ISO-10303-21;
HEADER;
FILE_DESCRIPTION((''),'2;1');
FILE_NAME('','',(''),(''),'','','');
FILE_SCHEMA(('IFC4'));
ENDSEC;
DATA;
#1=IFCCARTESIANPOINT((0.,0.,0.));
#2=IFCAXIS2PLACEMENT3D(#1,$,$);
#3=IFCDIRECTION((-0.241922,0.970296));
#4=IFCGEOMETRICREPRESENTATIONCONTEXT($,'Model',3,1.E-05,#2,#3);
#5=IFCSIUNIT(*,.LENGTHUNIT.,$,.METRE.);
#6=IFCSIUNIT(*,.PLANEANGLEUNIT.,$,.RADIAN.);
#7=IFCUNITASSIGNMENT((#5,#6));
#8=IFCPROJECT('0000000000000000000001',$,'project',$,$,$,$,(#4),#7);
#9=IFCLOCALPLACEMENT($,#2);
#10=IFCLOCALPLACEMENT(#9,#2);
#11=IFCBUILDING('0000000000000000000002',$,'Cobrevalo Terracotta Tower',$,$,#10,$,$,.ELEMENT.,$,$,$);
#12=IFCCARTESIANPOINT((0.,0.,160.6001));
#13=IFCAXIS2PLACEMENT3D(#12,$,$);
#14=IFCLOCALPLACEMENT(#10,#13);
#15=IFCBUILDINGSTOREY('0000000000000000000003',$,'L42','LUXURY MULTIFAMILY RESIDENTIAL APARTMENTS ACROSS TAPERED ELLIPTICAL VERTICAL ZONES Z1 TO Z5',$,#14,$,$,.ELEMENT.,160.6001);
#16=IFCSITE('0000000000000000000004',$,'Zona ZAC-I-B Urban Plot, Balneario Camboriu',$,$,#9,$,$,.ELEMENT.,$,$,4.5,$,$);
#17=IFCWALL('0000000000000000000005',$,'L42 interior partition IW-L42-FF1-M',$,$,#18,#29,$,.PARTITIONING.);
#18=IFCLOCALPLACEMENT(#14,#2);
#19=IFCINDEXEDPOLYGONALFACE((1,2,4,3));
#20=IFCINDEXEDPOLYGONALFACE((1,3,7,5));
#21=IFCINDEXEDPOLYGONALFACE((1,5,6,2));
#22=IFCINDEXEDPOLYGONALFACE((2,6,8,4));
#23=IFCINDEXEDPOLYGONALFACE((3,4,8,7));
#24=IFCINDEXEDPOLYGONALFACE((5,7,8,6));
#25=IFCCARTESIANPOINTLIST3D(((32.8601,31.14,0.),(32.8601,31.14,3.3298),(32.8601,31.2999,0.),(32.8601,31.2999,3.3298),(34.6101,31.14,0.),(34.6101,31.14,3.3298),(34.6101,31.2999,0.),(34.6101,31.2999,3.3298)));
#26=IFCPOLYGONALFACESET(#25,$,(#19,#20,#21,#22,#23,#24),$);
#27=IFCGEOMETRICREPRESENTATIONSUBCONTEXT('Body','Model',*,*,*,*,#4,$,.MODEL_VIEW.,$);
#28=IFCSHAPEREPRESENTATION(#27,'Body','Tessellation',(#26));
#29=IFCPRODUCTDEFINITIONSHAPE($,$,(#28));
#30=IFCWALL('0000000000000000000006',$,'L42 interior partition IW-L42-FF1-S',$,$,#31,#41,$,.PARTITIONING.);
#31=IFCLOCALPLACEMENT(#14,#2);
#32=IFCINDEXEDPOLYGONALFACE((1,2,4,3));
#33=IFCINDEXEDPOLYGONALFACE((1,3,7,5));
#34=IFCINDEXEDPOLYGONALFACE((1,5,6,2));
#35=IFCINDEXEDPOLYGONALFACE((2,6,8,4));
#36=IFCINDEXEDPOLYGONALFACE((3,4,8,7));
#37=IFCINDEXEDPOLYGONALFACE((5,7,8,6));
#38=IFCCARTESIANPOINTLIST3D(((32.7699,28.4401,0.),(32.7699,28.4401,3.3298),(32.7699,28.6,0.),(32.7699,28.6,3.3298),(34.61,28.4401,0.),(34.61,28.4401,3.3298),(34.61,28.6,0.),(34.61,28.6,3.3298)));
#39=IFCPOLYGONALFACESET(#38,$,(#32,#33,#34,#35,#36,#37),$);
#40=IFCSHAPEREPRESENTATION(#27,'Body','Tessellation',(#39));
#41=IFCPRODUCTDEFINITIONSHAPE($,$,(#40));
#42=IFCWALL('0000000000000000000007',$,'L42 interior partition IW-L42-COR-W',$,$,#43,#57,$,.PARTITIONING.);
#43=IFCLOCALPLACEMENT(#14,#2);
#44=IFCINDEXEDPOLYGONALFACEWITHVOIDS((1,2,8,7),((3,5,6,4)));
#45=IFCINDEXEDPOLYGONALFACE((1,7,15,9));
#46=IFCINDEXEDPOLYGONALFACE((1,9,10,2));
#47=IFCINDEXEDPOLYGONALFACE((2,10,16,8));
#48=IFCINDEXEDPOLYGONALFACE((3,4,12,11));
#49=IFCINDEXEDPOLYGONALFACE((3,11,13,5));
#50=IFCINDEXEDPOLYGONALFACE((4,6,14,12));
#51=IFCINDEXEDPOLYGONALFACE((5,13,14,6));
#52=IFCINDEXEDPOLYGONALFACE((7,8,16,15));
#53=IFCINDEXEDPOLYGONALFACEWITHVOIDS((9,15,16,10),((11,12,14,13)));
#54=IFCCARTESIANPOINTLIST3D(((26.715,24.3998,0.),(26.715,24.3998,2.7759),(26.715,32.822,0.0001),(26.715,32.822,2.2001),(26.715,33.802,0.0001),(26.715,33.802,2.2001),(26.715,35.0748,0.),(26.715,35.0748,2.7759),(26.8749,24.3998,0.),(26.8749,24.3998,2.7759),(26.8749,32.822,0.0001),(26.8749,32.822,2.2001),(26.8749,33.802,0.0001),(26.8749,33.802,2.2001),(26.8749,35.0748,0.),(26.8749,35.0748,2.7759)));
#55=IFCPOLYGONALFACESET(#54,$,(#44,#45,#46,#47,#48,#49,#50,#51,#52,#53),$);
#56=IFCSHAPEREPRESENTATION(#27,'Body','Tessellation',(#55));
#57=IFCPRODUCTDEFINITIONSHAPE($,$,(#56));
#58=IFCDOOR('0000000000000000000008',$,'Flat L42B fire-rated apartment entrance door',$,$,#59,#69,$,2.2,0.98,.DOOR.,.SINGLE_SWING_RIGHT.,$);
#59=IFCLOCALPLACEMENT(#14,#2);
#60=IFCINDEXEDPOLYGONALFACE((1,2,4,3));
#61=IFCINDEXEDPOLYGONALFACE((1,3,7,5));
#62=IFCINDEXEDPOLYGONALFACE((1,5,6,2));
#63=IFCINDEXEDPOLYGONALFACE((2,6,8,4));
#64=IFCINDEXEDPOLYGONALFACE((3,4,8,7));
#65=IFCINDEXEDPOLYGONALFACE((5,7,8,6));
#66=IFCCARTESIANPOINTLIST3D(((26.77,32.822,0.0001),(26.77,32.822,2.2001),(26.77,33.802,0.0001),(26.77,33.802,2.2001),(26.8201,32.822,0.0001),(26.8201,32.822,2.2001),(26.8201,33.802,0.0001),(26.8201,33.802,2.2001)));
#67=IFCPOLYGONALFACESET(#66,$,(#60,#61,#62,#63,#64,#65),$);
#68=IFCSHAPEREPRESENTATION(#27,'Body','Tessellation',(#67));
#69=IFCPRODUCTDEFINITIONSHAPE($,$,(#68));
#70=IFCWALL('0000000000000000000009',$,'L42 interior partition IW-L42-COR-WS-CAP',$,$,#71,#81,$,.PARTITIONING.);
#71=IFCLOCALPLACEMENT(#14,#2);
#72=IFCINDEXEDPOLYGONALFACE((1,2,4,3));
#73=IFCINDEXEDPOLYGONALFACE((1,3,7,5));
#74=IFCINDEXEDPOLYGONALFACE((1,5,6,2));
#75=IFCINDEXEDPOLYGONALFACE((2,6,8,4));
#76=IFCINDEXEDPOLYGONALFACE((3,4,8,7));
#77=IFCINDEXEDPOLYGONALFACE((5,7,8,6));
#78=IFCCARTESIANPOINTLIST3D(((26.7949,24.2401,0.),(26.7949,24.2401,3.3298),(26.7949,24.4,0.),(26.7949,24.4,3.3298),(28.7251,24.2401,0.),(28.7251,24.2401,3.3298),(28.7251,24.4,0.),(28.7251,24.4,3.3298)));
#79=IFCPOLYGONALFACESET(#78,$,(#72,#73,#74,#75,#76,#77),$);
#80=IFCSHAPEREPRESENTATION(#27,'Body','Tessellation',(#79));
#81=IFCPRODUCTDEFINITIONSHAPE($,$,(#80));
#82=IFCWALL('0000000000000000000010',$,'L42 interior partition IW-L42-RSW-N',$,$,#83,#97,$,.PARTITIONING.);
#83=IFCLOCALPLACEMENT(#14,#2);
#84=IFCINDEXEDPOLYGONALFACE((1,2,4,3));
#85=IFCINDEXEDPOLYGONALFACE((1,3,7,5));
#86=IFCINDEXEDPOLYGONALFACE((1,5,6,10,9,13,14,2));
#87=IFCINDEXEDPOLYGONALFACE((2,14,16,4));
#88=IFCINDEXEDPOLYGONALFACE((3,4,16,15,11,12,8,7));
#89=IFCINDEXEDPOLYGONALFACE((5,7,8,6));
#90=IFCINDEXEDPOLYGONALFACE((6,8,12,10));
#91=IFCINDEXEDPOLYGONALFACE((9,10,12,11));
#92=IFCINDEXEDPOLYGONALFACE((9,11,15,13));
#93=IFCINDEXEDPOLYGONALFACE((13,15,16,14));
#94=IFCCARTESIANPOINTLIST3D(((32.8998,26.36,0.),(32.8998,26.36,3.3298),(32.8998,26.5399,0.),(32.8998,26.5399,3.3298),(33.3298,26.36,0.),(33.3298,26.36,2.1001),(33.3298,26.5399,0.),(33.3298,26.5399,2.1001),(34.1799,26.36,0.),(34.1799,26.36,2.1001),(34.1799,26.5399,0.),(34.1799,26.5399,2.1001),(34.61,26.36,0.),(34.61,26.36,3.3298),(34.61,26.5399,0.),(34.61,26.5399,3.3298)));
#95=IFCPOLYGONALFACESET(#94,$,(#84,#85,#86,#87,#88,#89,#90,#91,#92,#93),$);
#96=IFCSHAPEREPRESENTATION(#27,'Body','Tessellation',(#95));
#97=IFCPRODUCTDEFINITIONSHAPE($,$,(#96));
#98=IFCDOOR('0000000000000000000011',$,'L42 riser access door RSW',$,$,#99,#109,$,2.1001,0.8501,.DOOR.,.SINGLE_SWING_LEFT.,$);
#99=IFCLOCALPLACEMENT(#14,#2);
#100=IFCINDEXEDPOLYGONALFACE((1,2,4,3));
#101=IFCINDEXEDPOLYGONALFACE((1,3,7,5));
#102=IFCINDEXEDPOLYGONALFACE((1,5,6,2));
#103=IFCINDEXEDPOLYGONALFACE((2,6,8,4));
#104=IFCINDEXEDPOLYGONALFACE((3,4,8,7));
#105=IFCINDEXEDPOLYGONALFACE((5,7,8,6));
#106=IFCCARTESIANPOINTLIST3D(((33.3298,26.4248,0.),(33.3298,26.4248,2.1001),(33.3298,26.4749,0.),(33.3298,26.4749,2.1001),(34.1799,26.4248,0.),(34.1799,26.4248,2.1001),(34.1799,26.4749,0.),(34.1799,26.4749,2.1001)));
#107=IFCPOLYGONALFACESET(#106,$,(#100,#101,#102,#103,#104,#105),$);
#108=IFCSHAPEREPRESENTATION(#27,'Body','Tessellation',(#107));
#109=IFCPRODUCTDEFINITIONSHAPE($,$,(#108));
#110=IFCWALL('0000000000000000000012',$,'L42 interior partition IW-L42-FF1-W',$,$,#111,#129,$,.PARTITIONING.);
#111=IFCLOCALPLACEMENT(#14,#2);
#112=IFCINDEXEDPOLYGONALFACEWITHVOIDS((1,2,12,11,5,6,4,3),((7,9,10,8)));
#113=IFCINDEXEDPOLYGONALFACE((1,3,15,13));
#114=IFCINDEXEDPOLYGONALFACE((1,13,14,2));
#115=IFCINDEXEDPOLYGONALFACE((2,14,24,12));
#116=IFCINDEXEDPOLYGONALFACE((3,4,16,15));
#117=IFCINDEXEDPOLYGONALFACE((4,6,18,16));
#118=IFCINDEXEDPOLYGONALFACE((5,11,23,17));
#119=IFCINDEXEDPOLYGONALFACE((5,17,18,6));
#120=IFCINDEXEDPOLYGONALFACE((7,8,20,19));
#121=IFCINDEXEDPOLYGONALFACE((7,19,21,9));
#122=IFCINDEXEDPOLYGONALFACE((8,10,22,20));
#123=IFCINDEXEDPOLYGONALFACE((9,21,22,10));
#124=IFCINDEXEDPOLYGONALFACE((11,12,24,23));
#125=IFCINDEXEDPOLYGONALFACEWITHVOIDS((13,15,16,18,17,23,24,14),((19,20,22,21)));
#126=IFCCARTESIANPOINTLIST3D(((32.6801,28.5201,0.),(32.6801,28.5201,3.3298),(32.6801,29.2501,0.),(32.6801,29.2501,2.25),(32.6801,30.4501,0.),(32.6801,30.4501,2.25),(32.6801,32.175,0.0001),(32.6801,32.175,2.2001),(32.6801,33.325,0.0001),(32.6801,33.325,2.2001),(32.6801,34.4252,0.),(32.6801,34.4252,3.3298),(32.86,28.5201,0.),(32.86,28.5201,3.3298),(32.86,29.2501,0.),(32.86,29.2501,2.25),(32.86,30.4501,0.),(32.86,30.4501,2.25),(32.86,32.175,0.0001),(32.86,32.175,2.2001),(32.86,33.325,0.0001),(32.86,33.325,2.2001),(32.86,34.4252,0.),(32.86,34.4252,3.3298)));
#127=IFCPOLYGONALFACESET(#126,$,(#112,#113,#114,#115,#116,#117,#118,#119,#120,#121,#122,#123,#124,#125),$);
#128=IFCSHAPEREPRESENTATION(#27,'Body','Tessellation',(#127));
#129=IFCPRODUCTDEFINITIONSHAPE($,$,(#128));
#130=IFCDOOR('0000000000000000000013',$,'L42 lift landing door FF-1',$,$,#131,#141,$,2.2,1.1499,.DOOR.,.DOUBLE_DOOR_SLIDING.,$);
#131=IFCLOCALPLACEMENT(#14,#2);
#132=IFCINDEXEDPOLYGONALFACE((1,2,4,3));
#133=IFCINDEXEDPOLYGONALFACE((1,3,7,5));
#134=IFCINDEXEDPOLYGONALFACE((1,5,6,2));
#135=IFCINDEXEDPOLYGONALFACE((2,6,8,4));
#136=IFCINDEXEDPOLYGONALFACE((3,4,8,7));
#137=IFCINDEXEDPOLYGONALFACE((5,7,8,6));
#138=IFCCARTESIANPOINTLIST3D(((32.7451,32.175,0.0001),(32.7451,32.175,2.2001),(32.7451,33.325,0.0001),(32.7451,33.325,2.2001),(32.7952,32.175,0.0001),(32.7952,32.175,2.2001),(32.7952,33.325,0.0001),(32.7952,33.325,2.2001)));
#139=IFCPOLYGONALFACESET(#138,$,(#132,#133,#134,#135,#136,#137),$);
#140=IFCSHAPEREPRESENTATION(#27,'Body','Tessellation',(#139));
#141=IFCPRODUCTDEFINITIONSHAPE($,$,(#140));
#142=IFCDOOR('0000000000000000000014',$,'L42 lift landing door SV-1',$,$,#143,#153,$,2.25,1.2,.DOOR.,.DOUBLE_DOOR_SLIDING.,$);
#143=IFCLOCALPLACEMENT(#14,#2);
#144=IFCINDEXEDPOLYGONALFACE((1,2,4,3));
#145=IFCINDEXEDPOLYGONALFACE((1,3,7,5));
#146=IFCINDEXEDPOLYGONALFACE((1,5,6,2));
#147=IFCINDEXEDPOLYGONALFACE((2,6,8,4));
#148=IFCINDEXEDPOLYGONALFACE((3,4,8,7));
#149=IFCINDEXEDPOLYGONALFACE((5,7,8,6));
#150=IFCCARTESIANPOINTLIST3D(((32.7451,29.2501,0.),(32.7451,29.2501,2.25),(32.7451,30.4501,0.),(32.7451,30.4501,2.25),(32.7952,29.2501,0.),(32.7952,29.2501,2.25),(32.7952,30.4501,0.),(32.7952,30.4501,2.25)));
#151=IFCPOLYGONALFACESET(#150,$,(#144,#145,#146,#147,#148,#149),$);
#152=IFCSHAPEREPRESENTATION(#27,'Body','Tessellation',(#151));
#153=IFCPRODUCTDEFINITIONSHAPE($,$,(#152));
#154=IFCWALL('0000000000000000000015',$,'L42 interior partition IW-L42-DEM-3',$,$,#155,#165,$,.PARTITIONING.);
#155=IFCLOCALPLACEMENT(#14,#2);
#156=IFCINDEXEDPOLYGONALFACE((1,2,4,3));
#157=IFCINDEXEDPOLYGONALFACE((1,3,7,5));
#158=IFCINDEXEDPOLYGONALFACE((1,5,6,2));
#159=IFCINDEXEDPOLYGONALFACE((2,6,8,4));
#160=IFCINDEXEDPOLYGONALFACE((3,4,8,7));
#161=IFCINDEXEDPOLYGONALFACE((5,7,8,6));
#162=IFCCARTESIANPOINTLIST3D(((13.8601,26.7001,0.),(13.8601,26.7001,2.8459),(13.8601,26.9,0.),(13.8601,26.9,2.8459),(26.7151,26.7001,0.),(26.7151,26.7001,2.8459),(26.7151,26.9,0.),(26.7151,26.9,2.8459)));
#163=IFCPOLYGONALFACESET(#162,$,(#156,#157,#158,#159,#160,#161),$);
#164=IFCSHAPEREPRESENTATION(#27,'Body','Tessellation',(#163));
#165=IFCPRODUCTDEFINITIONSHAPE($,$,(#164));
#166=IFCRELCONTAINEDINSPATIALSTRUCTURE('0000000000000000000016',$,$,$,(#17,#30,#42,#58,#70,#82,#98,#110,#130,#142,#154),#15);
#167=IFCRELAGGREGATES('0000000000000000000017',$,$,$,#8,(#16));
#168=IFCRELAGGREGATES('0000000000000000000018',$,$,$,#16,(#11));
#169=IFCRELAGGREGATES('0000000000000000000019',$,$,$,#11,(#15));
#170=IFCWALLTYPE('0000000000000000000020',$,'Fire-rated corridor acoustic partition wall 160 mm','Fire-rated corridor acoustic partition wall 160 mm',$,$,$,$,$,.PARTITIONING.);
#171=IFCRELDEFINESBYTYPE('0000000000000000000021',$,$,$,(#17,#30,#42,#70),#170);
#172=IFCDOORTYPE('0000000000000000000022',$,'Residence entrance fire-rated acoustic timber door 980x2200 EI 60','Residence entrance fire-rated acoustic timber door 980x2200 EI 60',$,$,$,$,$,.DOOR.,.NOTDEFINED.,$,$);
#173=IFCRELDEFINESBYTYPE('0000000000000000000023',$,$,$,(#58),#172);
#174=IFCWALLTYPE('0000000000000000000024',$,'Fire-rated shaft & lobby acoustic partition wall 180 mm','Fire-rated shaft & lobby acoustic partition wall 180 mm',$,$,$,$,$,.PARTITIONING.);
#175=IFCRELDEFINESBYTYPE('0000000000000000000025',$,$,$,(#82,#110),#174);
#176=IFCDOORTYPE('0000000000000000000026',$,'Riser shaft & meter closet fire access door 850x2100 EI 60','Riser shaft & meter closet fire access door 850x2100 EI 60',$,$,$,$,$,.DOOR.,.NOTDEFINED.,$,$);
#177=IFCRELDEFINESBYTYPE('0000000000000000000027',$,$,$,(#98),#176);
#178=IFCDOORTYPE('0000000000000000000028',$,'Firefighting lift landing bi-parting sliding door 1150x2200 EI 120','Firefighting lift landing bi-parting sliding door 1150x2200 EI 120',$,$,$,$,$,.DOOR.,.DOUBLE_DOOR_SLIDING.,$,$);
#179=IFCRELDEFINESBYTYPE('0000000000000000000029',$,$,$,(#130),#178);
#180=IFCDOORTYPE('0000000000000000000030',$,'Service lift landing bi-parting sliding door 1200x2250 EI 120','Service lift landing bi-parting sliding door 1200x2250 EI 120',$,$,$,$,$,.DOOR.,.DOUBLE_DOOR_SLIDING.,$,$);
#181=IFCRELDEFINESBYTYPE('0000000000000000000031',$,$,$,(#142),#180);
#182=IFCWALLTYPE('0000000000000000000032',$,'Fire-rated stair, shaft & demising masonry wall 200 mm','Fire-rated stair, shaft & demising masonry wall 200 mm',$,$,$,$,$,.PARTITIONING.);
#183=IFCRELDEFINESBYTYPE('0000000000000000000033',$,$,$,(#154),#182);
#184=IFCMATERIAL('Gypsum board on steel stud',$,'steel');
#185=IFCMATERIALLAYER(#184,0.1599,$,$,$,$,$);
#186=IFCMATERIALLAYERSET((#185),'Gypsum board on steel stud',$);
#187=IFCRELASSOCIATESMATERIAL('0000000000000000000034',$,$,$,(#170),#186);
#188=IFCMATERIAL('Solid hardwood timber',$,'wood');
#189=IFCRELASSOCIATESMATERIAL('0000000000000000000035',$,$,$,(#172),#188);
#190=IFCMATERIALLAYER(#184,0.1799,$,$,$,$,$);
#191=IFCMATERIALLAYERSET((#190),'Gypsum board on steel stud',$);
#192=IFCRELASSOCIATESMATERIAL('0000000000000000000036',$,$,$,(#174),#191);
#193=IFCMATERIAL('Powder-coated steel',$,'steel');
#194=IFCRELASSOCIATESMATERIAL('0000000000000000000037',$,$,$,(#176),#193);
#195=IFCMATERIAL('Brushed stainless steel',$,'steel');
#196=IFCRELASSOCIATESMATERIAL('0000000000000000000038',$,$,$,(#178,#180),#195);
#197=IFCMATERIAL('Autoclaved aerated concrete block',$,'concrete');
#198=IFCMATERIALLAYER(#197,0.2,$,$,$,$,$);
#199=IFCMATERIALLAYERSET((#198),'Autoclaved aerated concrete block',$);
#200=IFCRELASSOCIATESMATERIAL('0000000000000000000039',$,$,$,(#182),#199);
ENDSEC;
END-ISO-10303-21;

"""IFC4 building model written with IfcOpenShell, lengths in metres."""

from ifc_helpers import new_model, si_unit, direction, frame, frame_2d, origin, place, context, subcontext, project, spatial, rectangle, extrude, source, transform, mapped, material, layer, layer_set, type_object, element, fill, save


model = new_model("IFC4")

# Units and contexts
model_context = context("Model", 3, precision=1e-05, world=origin(), true_north=direction((-0.241922, 0.970296)))
body_context = subcontext(model_context, "Body", "Model", "MODEL_VIEW")
ifc_project = project(units=[si_unit("LENGTHUNIT", "METRE"), si_unit("PLANEANGLEUNIT", "RADIAN")], contexts=[model_context])

# Site, building, storey
site_placement = place(None, origin())
site = spatial("IfcSite", under=ifc_project, at=site_placement, Name="Zona ZAC-I-B Urban Plot, Balneario Camboriu", CompositionType="ELEMENT", RefElevation=4.5)
building_placement = place(site_placement, origin())
building = spatial("IfcBuilding", under=site, at=building_placement, Name="Cobrevalo Terracotta Tower", CompositionType="ELEMENT")
storey_placement = place(building_placement, frame((0.0, 0.0, 160.6001)))
storey = spatial("IfcBuildingStorey", under=building, at=storey_placement, Name="L42", Description="LUXURY MULTIFAMILY RESIDENTIAL APARTMENTS ACROSS TAPERED ELLIPTICAL VERTICAL ZONES Z1 TO Z5", CompositionType="ELEMENT", Elevation=160.6001)

# Walls
ifc_material_1 = material(Name="Gypsum board on steel stud", Category="steel")
ifc_layer_1 = layer(ifc_material_1, 0.1599)
ifc_layer_set_1 = layer_set([ifc_layer_1], Name="Gypsum board on steel stud")
wall_type_1 = type_object("IfcWallType", Name="Fire-rated corridor acoustic partition wall 160 mm", Description="Fire-rated corridor acoustic partition wall 160 mm", PredefinedType="PARTITIONING", material=ifc_layer_set_1)
wall_1_placement = place(storey_placement, frame((32.8601, 31.22, 0.0), z_axis=(0.0, 0.0, 1.0), x_axis=(1.0, 0.0, 0.0)))
element("IfcWall", 1, at=wall_1_placement, inside=storey, type_object=wall_type_1, Name="L42 interior partition IW-L42-FF1-M", PredefinedType="PARTITIONING", context=body_context, shape_type="SweptSolid", body=[
    extrude(rectangle(XDim=1.75, YDim=0.1599, at=frame_2d((0.875, 0.0))), origin(), (0.0, 0.0, 1.0), 3.3298),
])
wall_2_placement = place(storey_placement, frame((32.77, 28.52, 0.0), z_axis=(0.0, 0.0, 1.0), x_axis=(1.0, 0.0, 0.0)))
element("IfcWall", 2, at=wall_2_placement, inside=storey, type_object=wall_type_1, Name="L42 interior partition IW-L42-FF1-S", PredefinedType="PARTITIONING", context=body_context, shape_type="SweptSolid", body=[
    extrude(rectangle(XDim=1.8401, YDim=0.1599, at=frame_2d((0.9199, 0.0))), origin(), (0.0, 0.0, 1.0), 3.3298),
])

# Wall, opening, door
wall_3_placement = place(storey_placement, frame((26.7949, 24.3999, 0.0), z_axis=(0.0, 0.0, 1.0), x_axis=(0.0, 1.0, 0.0)))
wall_3 = element("IfcWall", 3, at=wall_3_placement, inside=storey, type_object=wall_type_1, Name="L42 interior partition IW-L42-COR-W", PredefinedType="PARTITIONING", context=body_context, shape_type="SweptSolid", body=[
    extrude(rectangle(XDim=10.675, YDim=0.1599, at=frame_2d((5.3374, 0.0))), origin(), (0.0, 0.0, 1.0), 2.7759),
])
opening_1_placement = place(wall_3_placement, frame((8.4221, 0.0, 0.0)))
opening_1 = element("IfcOpeningElement", 4, at=opening_1_placement, cuts=wall_3, PredefinedType="OPENING", context=body_context, shape_type="SweptSolid", body=[
    extrude(rectangle(XDim=0.98, YDim=2.2, at=frame_2d((0.49, 1.1001))), frame((0.0, 0.0898, 0.0), z_axis=(0.0, -1.0, 0.0), x_axis=(1.0, 0.0, 0.0)), (0.0, 0.0, 1.0), 0.1799),
])
ifc_material_2 = material(Name="Solid hardwood timber", Category="wood")
door_type_1 = type_object("IfcDoorType", Name="Residence entrance fire-rated acoustic timber door 980x2200 EI 60", Description="Residence entrance fire-rated acoustic timber door 980x2200 EI 60", OperationType="NOTDEFINED", PredefinedType="DOOR", material=ifc_material_2)
shared_shape_1 = source(origin(), body_context, "Body", "SweptSolid", [
    extrude(rectangle(XDim=0.98, YDim=2.2, at=frame_2d((0.49, 1.1001))), frame((0.0, 0.0249, 0.0), z_axis=(0.0, -1.0, 0.0), x_axis=(1.0, 0.0, 0.0)), (0.0, 0.0, 1.0), 0.05),
])
door_1_placement = place(opening_1_placement, origin())
door_1 = element("IfcDoor", 5, at=door_1_placement, inside=storey, type_object=door_type_1, Name="Flat L42B fire-rated apartment entrance door", OperationType="SINGLE_SWING_RIGHT", OverallHeight=2.2, OverallWidth=0.98, PredefinedType="DOOR", context=body_context, shape_type="MappedRepresentation", body=[
    mapped(shared_shape_1, transform((0.0, 0.0, 0.0), scale=1.0)),
])
fill(opening_1, door_1)

# Wall
wall_4_placement = place(storey_placement, frame((26.7949, 24.3201, 0.0), z_axis=(0.0, 0.0, 1.0), x_axis=(1.0, 0.0, 0.0)))
element("IfcWall", 6, at=wall_4_placement, inside=storey, type_object=wall_type_1, Name="L42 interior partition IW-L42-COR-WS-CAP", PredefinedType="PARTITIONING", context=body_context, shape_type="SweptSolid", body=[
    extrude(rectangle(XDim=1.9302, YDim=0.1599, at=frame_2d((0.9651, 0.0))), origin(), (0.0, 0.0, 1.0), 3.3298),
])

# Wall, opening, door
ifc_layer_2 = layer(ifc_material_1, 0.1799)
ifc_layer_set_2 = layer_set([ifc_layer_2], Name="Gypsum board on steel stud")
wall_type_2 = type_object("IfcWallType", Name="Fire-rated shaft & lobby acoustic partition wall 180 mm", Description="Fire-rated shaft & lobby acoustic partition wall 180 mm", PredefinedType="PARTITIONING", material=ifc_layer_set_2)
wall_5_placement = place(storey_placement, frame((32.8999, 26.45, 0.0), z_axis=(0.0, 0.0, 1.0), x_axis=(1.0, 0.0, 0.0)))
wall_5 = element("IfcWall", 7, at=wall_5_placement, inside=storey, type_object=wall_type_2, Name="L42 interior partition IW-L42-RSW-N", PredefinedType="PARTITIONING", context=body_context, shape_type="SweptSolid", body=[
    extrude(rectangle(XDim=1.7102, YDim=0.1799, at=frame_2d((0.855, 0.0))), origin(), (0.0, 0.0, 1.0), 3.3298),
])
opening_2_placement = place(wall_5_placement, frame((0.4299, 0.0, 0.0)))
opening_2 = element("IfcOpeningElement", 8, at=opening_2_placement, cuts=wall_5, PredefinedType="OPENING", context=body_context, shape_type="SweptSolid", body=[
    extrude(rectangle(XDim=0.8501, YDim=2.1001, at=frame_2d((0.425, 1.05))), frame((0.0, 0.1001, 0.0), z_axis=(0.0, -1.0, 0.0), x_axis=(1.0, 0.0, 0.0)), (0.0, 0.0, 1.0), 0.2),
])
ifc_material_3 = material(Name="Powder-coated steel", Category="steel")
door_type_2 = type_object("IfcDoorType", Name="Riser shaft & meter closet fire access door 850x2100 EI 60", Description="Riser shaft & meter closet fire access door 850x2100 EI 60", OperationType="NOTDEFINED", PredefinedType="DOOR", material=ifc_material_3)
shared_shape_2 = source(origin(), body_context, "Body", "SweptSolid", [
    extrude(rectangle(XDim=0.8501, YDim=2.1001, at=frame_2d((0.425, 1.05))), frame((0.0, 0.0249, 0.0), z_axis=(0.0, -1.0, 0.0), x_axis=(1.0, 0.0, 0.0)), (0.0, 0.0, 1.0), 0.05),
])
door_2_placement = place(opening_2_placement, origin())
door_2 = element("IfcDoor", 9, at=door_2_placement, inside=storey, type_object=door_type_2, Name="L42 riser access door RSW", OperationType="SINGLE_SWING_LEFT", OverallHeight=2.1001, OverallWidth=0.8501, PredefinedType="DOOR", context=body_context, shape_type="MappedRepresentation", body=[
    mapped(shared_shape_2, transform((0.0, 0.0, 0.0), scale=1.0)),
])
fill(opening_2, door_2)

# Wall, openings, doors
wall_6_placement = place(storey_placement, frame((32.77, 28.52, 0.0), z_axis=(0.0, 0.0, 1.0), x_axis=(0.0, 1.0, 0.0)))
wall_6 = element("IfcWall", 10, at=wall_6_placement, inside=storey, type_object=wall_type_2, Name="L42 interior partition IW-L42-FF1-W", PredefinedType="PARTITIONING", context=body_context, shape_type="SweptSolid", body=[
    extrude(rectangle(XDim=5.905, YDim=0.1799, at=frame_2d((2.9526, 0.0))), origin(), (0.0, 0.0, 1.0), 3.3298),
])
opening_3_placement = place(wall_6_placement, frame((3.655, 0.0, 0.0)))
opening_3 = element("IfcOpeningElement", 11, at=opening_3_placement, cuts=wall_6, PredefinedType="OPENING", context=body_context, shape_type="SweptSolid", body=[
    extrude(rectangle(XDim=1.1499, YDim=2.2, at=frame_2d((0.575, 1.1001))), frame((0.0, 0.1001, 0.0), z_axis=(0.0, -1.0, 0.0), x_axis=(1.0, 0.0, 0.0)), (0.0, 0.0, 1.0), 0.2),
])
opening_4_placement = place(wall_6_placement, frame((0.73, 0.0, 0.0)))
opening_4 = element("IfcOpeningElement", 12, at=opening_4_placement, cuts=wall_6, PredefinedType="OPENING", context=body_context, shape_type="SweptSolid", body=[
    extrude(rectangle(XDim=1.2, YDim=2.25, at=frame_2d((0.6001, 1.125))), frame((0.0, 0.1001, 0.0), z_axis=(0.0, -1.0, 0.0), x_axis=(1.0, 0.0, 0.0)), (0.0, 0.0, 1.0), 0.2),
])
ifc_material_4 = material(Name="Brushed stainless steel", Category="steel")
door_type_3 = type_object("IfcDoorType", Name="Firefighting lift landing bi-parting sliding door 1150x2200 EI 120", Description="Firefighting lift landing bi-parting sliding door 1150x2200 EI 120", OperationType="DOUBLE_DOOR_SLIDING", PredefinedType="DOOR", material=ifc_material_4)
shared_shape_3 = source(origin(), body_context, "Body", "SweptSolid", [
    extrude(rectangle(XDim=1.1499, YDim=2.2, at=frame_2d((0.575, 1.1001))), frame((0.0, 0.0249, 0.0), z_axis=(0.0, -1.0, 0.0), x_axis=(1.0, 0.0, 0.0)), (0.0, 0.0, 1.0), 0.05),
])
door_3_placement = place(opening_3_placement, origin())
door_3 = element("IfcDoor", 13, at=door_3_placement, inside=storey, type_object=door_type_3, Name="L42 lift landing door FF-1", OperationType="DOUBLE_DOOR_SLIDING", OverallHeight=2.2, OverallWidth=1.1499, PredefinedType="DOOR", context=body_context, shape_type="MappedRepresentation", body=[
    mapped(shared_shape_3, transform((0.0, 0.0, 0.0), scale=1.0)),
])
fill(opening_3, door_3)
door_type_4 = type_object("IfcDoorType", Name="Service lift landing bi-parting sliding door 1200x2250 EI 120", Description="Service lift landing bi-parting sliding door 1200x2250 EI 120", OperationType="DOUBLE_DOOR_SLIDING", PredefinedType="DOOR", material=ifc_material_4)
shared_shape_4 = source(origin(), body_context, "Body", "SweptSolid", [
    extrude(rectangle(XDim=1.2, YDim=2.25, at=frame_2d((0.6001, 1.125))), frame((0.0, 0.0249, 0.0), z_axis=(0.0, -1.0, 0.0), x_axis=(1.0, 0.0, 0.0)), (0.0, 0.0, 1.0), 0.05),
])
door_4_placement = place(opening_4_placement, origin())
door_4 = element("IfcDoor", 14, at=door_4_placement, inside=storey, type_object=door_type_4, Name="L42 lift landing door SV-1", OperationType="DOUBLE_DOOR_SLIDING", OverallHeight=2.25, OverallWidth=1.2, PredefinedType="DOOR", context=body_context, shape_type="MappedRepresentation", body=[
    mapped(shared_shape_4, transform((0.0, 0.0, 0.0), scale=1.0)),
])
fill(opening_4, door_4)

# Wall
ifc_material_5 = material(Name="Autoclaved aerated concrete block", Category="concrete")
ifc_layer_3 = layer(ifc_material_5, 0.2)
ifc_layer_set_3 = layer_set([ifc_layer_3], Name="Autoclaved aerated concrete block")
wall_type_3 = type_object("IfcWallType", Name="Fire-rated stair, shaft & demising masonry wall 200 mm", Description="Fire-rated stair, shaft & demising masonry wall 200 mm", PredefinedType="PARTITIONING", material=ifc_layer_set_3)
wall_7_placement = place(storey_placement, frame((26.7151, 26.8, 0.0), z_axis=(0.0, 0.0, 1.0), x_axis=(-1.0, 0.0, 0.0)))
element("IfcWall", 15, at=wall_7_placement, inside=storey, type_object=wall_type_3, Name="L42 interior partition IW-L42-DEM-3", PredefinedType="PARTITIONING", context=body_context, shape_type="SweptSolid", body=[
    extrude(rectangle(XDim=12.855, YDim=0.2, at=frame_2d((6.4275, 0.0))), origin(), (0.0, 0.0, 1.0), 2.8459),
])

save(model, "model.ifc")
